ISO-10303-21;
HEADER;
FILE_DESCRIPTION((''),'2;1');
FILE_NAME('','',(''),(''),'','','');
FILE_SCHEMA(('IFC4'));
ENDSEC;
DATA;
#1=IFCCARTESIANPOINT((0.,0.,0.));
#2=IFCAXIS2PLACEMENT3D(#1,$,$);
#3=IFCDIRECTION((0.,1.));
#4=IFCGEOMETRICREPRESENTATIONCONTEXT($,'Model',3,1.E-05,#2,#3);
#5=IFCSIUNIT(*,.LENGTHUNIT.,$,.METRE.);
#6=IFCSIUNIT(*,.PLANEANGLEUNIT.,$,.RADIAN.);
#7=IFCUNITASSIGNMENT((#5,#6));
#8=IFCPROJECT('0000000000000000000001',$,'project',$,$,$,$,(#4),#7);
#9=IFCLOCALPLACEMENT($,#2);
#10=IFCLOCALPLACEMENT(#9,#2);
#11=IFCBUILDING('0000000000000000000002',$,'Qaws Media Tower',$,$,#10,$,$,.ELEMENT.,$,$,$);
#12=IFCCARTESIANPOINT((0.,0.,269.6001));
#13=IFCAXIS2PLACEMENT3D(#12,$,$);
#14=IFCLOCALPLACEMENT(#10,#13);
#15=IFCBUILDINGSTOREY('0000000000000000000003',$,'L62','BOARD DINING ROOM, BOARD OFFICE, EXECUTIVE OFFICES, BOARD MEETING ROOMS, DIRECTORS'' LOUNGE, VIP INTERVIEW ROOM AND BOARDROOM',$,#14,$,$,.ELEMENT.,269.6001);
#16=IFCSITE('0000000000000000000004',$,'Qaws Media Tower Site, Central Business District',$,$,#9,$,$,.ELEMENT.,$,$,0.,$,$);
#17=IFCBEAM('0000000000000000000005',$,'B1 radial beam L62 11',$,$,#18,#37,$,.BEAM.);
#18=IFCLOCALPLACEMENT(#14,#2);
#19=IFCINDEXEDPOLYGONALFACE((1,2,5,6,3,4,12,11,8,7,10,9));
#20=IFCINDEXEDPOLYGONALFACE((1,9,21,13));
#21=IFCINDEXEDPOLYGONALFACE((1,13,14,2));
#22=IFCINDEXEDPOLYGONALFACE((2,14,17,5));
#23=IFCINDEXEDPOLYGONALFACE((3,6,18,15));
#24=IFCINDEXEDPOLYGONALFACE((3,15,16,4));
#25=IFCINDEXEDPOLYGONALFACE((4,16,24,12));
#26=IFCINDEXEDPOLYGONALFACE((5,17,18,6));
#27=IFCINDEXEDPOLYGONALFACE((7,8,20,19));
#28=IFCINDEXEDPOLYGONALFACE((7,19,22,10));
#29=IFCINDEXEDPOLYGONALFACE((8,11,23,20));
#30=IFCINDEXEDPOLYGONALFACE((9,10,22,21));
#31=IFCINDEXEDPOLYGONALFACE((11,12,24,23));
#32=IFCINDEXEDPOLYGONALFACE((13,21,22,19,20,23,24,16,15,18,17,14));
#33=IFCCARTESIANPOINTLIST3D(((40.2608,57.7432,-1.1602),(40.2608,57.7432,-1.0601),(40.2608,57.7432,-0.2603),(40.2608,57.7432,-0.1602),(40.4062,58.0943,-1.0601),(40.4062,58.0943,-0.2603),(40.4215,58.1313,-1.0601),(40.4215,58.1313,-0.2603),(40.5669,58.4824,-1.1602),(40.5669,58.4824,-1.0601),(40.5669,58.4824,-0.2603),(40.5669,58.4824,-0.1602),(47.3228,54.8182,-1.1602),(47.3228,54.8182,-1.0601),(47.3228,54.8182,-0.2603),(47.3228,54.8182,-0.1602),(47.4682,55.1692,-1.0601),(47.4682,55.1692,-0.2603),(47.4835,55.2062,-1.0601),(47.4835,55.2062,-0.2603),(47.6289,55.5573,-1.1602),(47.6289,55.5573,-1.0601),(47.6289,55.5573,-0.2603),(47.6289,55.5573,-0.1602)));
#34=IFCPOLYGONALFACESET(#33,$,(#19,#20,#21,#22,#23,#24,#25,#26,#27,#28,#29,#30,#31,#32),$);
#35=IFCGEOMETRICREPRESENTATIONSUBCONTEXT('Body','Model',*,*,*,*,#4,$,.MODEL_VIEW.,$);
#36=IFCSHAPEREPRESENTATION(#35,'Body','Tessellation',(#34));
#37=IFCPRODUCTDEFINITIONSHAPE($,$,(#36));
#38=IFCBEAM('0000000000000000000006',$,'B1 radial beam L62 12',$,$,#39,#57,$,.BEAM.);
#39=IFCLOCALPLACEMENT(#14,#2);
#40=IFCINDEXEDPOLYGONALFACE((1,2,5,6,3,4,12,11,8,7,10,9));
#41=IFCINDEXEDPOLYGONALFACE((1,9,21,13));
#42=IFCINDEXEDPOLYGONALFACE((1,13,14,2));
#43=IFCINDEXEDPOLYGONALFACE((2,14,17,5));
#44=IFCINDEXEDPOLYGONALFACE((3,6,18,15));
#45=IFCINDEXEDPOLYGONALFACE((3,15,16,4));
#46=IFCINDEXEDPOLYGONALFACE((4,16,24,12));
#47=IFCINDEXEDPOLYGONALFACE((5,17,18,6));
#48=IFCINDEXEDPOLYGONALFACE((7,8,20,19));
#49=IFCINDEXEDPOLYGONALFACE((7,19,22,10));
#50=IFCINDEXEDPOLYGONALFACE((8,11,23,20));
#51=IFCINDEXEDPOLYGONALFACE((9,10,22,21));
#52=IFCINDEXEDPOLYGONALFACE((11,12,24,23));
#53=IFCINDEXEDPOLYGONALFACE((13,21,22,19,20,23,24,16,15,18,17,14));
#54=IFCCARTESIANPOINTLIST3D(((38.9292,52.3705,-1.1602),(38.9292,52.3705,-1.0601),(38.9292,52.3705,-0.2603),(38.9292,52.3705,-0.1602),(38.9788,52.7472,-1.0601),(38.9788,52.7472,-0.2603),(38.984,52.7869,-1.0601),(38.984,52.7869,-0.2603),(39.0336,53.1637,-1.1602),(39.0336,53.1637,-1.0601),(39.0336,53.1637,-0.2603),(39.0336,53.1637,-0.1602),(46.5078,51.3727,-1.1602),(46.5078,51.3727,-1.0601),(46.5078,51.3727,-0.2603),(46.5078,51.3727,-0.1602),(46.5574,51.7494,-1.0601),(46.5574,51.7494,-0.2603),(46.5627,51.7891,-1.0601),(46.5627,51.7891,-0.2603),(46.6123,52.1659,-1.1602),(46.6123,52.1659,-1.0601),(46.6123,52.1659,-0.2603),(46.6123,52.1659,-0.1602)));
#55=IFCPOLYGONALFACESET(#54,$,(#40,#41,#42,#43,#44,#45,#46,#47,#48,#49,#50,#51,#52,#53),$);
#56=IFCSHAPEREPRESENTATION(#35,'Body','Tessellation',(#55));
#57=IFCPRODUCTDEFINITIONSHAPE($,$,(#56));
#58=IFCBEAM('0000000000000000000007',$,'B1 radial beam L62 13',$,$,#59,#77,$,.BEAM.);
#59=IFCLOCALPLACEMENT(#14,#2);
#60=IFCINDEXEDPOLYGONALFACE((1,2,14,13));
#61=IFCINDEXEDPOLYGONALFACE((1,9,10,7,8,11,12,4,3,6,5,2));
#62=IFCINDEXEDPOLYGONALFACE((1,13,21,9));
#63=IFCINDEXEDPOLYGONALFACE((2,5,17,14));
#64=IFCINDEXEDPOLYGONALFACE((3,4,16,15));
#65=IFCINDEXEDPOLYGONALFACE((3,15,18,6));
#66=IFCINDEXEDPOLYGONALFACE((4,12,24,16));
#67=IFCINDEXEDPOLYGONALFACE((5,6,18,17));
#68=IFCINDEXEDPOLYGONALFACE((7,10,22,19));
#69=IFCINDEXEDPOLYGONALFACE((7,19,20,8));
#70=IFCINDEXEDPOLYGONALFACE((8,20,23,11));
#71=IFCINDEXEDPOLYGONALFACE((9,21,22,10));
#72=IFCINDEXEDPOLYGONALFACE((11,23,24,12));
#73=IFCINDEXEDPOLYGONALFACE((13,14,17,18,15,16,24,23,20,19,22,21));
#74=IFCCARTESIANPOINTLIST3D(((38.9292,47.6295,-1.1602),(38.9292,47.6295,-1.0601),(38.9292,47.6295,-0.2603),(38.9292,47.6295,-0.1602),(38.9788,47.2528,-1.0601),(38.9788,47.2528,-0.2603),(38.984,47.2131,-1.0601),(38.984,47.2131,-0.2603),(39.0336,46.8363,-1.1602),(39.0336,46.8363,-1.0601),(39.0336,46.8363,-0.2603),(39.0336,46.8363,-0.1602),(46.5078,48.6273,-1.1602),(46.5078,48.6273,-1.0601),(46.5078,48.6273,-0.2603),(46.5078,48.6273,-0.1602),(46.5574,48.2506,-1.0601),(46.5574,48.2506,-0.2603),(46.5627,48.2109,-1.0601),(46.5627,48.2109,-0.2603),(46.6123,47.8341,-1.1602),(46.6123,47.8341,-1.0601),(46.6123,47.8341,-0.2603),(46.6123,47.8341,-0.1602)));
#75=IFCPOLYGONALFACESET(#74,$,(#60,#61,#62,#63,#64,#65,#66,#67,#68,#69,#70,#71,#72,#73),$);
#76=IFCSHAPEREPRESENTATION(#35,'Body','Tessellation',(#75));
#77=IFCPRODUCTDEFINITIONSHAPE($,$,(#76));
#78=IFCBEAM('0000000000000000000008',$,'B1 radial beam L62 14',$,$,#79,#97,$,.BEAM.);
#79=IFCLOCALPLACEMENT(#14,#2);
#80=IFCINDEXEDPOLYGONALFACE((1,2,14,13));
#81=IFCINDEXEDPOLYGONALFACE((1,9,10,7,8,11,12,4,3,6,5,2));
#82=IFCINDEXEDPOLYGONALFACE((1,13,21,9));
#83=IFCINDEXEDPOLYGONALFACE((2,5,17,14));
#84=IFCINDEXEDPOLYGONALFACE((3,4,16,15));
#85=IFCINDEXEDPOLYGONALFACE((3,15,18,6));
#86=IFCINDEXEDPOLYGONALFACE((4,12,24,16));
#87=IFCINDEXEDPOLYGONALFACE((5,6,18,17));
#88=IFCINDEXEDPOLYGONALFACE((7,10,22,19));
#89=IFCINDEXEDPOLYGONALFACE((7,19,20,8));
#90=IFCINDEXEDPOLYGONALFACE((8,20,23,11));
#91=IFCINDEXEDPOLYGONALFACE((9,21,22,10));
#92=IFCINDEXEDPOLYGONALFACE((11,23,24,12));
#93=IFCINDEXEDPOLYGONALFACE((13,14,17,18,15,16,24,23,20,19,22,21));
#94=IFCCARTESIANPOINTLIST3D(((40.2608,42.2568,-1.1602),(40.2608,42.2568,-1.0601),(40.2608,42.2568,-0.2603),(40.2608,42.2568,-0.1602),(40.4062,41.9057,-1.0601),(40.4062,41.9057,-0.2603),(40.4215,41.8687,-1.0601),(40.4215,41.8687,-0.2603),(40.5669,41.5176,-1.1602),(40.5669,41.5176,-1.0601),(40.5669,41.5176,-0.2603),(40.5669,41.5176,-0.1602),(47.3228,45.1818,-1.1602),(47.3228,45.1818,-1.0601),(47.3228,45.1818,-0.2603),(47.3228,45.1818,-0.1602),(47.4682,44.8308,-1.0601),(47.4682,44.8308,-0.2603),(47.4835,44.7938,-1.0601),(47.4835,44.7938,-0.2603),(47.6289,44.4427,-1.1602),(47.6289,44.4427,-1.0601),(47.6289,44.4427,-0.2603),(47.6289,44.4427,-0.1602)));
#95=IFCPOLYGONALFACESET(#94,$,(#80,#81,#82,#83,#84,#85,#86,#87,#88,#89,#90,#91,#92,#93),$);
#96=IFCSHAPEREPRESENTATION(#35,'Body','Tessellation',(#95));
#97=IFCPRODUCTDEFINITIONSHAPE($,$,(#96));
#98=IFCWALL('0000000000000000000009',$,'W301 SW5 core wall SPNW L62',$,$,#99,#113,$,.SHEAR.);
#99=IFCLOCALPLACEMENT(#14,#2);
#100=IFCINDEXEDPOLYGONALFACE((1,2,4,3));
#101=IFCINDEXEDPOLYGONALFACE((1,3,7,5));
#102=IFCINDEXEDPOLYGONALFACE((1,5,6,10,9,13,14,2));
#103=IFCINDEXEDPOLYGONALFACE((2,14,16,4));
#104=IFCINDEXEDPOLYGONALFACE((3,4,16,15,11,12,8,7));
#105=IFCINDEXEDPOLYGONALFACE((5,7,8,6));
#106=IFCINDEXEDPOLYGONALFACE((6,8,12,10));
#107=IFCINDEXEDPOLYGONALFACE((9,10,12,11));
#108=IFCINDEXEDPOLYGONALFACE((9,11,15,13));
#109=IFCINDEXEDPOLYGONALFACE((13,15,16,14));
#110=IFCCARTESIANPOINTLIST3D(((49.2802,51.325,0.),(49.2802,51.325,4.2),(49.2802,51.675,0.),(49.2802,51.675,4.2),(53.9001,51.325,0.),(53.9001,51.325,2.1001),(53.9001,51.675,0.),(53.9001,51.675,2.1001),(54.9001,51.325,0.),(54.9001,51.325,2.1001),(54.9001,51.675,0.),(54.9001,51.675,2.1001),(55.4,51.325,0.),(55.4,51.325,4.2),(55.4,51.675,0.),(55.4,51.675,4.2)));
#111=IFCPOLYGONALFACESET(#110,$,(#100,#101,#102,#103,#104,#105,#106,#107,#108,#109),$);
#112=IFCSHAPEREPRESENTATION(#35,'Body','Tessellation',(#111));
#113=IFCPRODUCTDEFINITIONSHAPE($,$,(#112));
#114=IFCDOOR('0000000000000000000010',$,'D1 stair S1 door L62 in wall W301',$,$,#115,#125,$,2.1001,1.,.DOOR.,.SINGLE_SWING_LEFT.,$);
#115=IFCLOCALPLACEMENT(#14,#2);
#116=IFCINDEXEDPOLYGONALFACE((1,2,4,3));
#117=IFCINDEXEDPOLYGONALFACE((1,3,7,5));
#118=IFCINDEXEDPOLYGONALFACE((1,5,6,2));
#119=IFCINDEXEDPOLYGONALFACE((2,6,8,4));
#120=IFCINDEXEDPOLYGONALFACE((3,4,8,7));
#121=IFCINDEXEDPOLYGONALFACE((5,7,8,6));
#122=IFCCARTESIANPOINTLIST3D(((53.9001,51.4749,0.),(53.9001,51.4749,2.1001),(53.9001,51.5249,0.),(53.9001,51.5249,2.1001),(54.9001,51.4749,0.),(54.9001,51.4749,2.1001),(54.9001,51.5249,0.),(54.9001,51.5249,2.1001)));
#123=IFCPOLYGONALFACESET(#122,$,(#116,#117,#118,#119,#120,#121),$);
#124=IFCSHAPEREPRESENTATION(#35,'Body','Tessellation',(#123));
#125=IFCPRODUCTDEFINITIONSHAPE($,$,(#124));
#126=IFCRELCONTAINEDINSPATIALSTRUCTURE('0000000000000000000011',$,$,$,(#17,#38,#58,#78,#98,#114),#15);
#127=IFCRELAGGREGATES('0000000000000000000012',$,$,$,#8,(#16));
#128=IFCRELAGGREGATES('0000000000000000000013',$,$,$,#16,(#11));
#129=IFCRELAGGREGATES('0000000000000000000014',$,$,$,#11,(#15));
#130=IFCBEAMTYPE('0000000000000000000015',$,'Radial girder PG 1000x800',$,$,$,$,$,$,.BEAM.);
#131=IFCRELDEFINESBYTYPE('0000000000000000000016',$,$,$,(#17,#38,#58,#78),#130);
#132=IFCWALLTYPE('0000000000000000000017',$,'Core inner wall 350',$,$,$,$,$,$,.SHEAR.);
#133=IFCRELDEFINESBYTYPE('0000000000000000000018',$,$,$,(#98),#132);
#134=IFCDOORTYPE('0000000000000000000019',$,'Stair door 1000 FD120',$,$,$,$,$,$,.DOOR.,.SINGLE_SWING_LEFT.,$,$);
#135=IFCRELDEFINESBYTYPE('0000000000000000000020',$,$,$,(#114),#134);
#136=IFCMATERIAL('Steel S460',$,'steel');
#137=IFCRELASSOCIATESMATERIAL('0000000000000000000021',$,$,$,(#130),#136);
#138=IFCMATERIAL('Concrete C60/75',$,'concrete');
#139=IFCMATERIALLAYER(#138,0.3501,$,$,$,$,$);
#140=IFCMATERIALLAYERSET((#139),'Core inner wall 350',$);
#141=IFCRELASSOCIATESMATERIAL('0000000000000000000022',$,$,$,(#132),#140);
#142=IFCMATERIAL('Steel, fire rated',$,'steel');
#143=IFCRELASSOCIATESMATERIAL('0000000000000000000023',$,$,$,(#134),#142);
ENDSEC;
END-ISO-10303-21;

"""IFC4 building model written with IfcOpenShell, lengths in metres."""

from ifc_helpers import new_model, si_unit, direction, frame, frame_2d, origin, origin_2d, place, context, subcontext, project, spatial, rectangle, i_section, extrude, material, layer, layer_set, material_profile, profile_set, type_object, element, fill, save


model = new_model("IFC4")

# Units and contexts
model_context = context("Model", 3, precision=1e-05, world=origin(), true_north=direction((0.0, 1.0)))
body_context = subcontext(model_context, "Body", "Model", "MODEL_VIEW")
ifc_project = project(units=[si_unit("LENGTHUNIT", "METRE"), si_unit("PLANEANGLEUNIT", "RADIAN")], contexts=[model_context])

# Site, building, storey
site_placement = place(None, origin())
site = spatial("IfcSite", under=ifc_project, at=site_placement, Name="Qaws Media Tower Site, Central Business District", CompositionType="ELEMENT", RefElevation=0.0)
building_placement = place(site_placement, origin())
building = spatial("IfcBuilding", under=site, at=building_placement, Name="Qaws Media Tower", CompositionType="ELEMENT")
storey_placement = place(building_placement, frame((0.0, 0.0, 269.6001)))
storey = spatial("IfcBuildingStorey", under=building, at=storey_placement, Name="L62", Description="BOARD DINING ROOM, BOARD OFFICE, EXECUTIVE OFFICES, BOARD MEETING ROOMS, DIRECTORS' LOUNGE, VIP INTERVIEW ROOM AND BOARDROOM", CompositionType="ELEMENT", Elevation=269.6001)

# Beams
ifc_material_1 = material(Name="Steel S460", Category="steel")
ifc_material_profile_1 = material_profile(ifc_material_1, i_section(OverallWidth=0.8, OverallDepth=1.0, WebThickness=0.04, FlangeThickness=0.1001, at=origin_2d()), Name="PG 1000x800")
ifc_profile_set_1 = profile_set([ifc_material_profile_1], Name="Steel S460")
beam_type_1 = type_object("IfcBeamType", Name="Radial girder PG 1000x800", PredefinedType="BEAM", material=ifc_profile_set_1)
beam_1_placement = place(storey_placement, frame((47.4758, 55.1877, -0.6602), z_axis=(-0.923886, 0.382669, 0.0), x_axis=(-0.382669, -0.923886, 0.0)))
element("IfcBeam", 1, at=beam_1_placement, inside=storey, type_object=beam_type_1, Name="B1 radial beam L62 11", PredefinedType="BEAM", context=body_context, shape_type="SweptSolid", body=[
    extrude(i_section(OverallWidth=0.8, OverallDepth=1.0, WebThickness=0.04, FlangeThickness=0.1001, at=origin_2d()), origin(), (0.0, 0.0, 1.0), 7.6438),
])
for number, where, z_axis, x_axis, name in (
    (2, (46.5601, 51.7693, -0.6602), (-0.991444, 0.130534, 0.0), (-0.130534, -0.991444, 0.0), "B1 radial beam L62 12"),
    (3, (46.5601, 48.2307, -0.6602), (-0.991444, -0.130534, 0.0), (0.130534, -0.991444, 0.0), "B1 radial beam L62 13"),
):
    element("IfcBeam", number, at=place(storey_placement, frame(where, z_axis=z_axis, x_axis=x_axis)), inside=storey, type_object=beam_type_1, Name=name, PredefinedType="BEAM", context=body_context, shape_type="SweptSolid", body=[
        extrude(i_section(OverallWidth=0.8, OverallDepth=1.0, WebThickness=0.04, FlangeThickness=0.1001, at=origin_2d()), origin(), (0.0, 0.0, 1.0), 7.644),
    ])
beam_2_placement = place(storey_placement, frame((47.4758, 44.8123, -0.6602), z_axis=(-0.923886, -0.382669, 0.0), x_axis=(0.382669, -0.923886, 0.0)))
element("IfcBeam", 4, at=beam_2_placement, inside=storey, type_object=beam_type_1, Name="B1 radial beam L62 14", PredefinedType="BEAM", context=body_context, shape_type="SweptSolid", body=[
    extrude(i_section(OverallWidth=0.8, OverallDepth=1.0, WebThickness=0.04, FlangeThickness=0.1001, at=origin_2d()), origin(), (0.0, 0.0, 1.0), 7.6438),
])

# Wall, opening, door
ifc_material_2 = material(Name="Concrete C60/75", Category="concrete")
ifc_layer_1 = layer(ifc_material_2, 0.3501)
ifc_layer_set_1 = layer_set([ifc_layer_1], Name="Core inner wall 350")
wall_type_1 = type_object("IfcWallType", Name="Core inner wall 350", PredefinedType="SHEAR", material=ifc_layer_set_1)
wall_1_placement = place(storey_placement, frame((49.28, 51.5, 0.0), z_axis=(0.0, 0.0, 1.0), x_axis=(1.0, 0.0, 0.0)))
wall_1 = element("IfcWall", 5, at=wall_1_placement, inside=storey, type_object=wall_type_1, Name="W301 SW5 core wall SPNW L62", PredefinedType="SHEAR", context=body_context, shape_type="SweptSolid", body=[
    extrude(rectangle(XDim=6.1199, YDim=0.3501, at=frame_2d((3.0601, 0.0))), origin(), (0.0, 0.0, 1.0), 4.2),
])
opening_1_placement = place(wall_1_placement, frame((4.6201, 0.0, 0.0)))
opening_1 = element("IfcOpeningElement", 6, at=opening_1_placement, cuts=wall_1, PredefinedType="OPENING", context=body_context, shape_type="SweptSolid", body=[
    extrude(rectangle(XDim=1.0, YDim=2.1001, at=frame_2d((0.5, 1.05))), frame((0.0, 0.1851, 0.0), z_axis=(0.0, -1.0, 0.0), x_axis=(1.0, 0.0, 0.0)), (0.0, 0.0, 1.0), 0.3701),
])
ifc_material_3 = material(Name="Steel, fire rated", Category="steel")
door_type_1 = type_object("IfcDoorType", Name="Stair door 1000 FD120", OperationType="SINGLE_SWING_LEFT", PredefinedType="DOOR", material=ifc_material_3)
door_1_placement = place(opening_1_placement, origin())
door_1 = element("IfcDoor", 7, at=door_1_placement, inside=storey, type_object=door_type_1, Name="D1 stair S1 door L62 in wall W301", OperationType="SINGLE_SWING_LEFT", OverallHeight=2.1001, OverallWidth=1.0, PredefinedType="DOOR", context=body_context, shape_type="SweptSolid", body=[
    extrude(rectangle(XDim=1.0, YDim=2.1001, at=frame_2d((0.5, 1.05))), frame((0.0, 0.0249, 0.0), z_axis=(0.0, -1.0, 0.0), x_axis=(1.0, 0.0, 0.0)), (0.0, 0.0, 1.0), 0.05),
])
fill(opening_1, door_1)

save(model, "model.ifc")
